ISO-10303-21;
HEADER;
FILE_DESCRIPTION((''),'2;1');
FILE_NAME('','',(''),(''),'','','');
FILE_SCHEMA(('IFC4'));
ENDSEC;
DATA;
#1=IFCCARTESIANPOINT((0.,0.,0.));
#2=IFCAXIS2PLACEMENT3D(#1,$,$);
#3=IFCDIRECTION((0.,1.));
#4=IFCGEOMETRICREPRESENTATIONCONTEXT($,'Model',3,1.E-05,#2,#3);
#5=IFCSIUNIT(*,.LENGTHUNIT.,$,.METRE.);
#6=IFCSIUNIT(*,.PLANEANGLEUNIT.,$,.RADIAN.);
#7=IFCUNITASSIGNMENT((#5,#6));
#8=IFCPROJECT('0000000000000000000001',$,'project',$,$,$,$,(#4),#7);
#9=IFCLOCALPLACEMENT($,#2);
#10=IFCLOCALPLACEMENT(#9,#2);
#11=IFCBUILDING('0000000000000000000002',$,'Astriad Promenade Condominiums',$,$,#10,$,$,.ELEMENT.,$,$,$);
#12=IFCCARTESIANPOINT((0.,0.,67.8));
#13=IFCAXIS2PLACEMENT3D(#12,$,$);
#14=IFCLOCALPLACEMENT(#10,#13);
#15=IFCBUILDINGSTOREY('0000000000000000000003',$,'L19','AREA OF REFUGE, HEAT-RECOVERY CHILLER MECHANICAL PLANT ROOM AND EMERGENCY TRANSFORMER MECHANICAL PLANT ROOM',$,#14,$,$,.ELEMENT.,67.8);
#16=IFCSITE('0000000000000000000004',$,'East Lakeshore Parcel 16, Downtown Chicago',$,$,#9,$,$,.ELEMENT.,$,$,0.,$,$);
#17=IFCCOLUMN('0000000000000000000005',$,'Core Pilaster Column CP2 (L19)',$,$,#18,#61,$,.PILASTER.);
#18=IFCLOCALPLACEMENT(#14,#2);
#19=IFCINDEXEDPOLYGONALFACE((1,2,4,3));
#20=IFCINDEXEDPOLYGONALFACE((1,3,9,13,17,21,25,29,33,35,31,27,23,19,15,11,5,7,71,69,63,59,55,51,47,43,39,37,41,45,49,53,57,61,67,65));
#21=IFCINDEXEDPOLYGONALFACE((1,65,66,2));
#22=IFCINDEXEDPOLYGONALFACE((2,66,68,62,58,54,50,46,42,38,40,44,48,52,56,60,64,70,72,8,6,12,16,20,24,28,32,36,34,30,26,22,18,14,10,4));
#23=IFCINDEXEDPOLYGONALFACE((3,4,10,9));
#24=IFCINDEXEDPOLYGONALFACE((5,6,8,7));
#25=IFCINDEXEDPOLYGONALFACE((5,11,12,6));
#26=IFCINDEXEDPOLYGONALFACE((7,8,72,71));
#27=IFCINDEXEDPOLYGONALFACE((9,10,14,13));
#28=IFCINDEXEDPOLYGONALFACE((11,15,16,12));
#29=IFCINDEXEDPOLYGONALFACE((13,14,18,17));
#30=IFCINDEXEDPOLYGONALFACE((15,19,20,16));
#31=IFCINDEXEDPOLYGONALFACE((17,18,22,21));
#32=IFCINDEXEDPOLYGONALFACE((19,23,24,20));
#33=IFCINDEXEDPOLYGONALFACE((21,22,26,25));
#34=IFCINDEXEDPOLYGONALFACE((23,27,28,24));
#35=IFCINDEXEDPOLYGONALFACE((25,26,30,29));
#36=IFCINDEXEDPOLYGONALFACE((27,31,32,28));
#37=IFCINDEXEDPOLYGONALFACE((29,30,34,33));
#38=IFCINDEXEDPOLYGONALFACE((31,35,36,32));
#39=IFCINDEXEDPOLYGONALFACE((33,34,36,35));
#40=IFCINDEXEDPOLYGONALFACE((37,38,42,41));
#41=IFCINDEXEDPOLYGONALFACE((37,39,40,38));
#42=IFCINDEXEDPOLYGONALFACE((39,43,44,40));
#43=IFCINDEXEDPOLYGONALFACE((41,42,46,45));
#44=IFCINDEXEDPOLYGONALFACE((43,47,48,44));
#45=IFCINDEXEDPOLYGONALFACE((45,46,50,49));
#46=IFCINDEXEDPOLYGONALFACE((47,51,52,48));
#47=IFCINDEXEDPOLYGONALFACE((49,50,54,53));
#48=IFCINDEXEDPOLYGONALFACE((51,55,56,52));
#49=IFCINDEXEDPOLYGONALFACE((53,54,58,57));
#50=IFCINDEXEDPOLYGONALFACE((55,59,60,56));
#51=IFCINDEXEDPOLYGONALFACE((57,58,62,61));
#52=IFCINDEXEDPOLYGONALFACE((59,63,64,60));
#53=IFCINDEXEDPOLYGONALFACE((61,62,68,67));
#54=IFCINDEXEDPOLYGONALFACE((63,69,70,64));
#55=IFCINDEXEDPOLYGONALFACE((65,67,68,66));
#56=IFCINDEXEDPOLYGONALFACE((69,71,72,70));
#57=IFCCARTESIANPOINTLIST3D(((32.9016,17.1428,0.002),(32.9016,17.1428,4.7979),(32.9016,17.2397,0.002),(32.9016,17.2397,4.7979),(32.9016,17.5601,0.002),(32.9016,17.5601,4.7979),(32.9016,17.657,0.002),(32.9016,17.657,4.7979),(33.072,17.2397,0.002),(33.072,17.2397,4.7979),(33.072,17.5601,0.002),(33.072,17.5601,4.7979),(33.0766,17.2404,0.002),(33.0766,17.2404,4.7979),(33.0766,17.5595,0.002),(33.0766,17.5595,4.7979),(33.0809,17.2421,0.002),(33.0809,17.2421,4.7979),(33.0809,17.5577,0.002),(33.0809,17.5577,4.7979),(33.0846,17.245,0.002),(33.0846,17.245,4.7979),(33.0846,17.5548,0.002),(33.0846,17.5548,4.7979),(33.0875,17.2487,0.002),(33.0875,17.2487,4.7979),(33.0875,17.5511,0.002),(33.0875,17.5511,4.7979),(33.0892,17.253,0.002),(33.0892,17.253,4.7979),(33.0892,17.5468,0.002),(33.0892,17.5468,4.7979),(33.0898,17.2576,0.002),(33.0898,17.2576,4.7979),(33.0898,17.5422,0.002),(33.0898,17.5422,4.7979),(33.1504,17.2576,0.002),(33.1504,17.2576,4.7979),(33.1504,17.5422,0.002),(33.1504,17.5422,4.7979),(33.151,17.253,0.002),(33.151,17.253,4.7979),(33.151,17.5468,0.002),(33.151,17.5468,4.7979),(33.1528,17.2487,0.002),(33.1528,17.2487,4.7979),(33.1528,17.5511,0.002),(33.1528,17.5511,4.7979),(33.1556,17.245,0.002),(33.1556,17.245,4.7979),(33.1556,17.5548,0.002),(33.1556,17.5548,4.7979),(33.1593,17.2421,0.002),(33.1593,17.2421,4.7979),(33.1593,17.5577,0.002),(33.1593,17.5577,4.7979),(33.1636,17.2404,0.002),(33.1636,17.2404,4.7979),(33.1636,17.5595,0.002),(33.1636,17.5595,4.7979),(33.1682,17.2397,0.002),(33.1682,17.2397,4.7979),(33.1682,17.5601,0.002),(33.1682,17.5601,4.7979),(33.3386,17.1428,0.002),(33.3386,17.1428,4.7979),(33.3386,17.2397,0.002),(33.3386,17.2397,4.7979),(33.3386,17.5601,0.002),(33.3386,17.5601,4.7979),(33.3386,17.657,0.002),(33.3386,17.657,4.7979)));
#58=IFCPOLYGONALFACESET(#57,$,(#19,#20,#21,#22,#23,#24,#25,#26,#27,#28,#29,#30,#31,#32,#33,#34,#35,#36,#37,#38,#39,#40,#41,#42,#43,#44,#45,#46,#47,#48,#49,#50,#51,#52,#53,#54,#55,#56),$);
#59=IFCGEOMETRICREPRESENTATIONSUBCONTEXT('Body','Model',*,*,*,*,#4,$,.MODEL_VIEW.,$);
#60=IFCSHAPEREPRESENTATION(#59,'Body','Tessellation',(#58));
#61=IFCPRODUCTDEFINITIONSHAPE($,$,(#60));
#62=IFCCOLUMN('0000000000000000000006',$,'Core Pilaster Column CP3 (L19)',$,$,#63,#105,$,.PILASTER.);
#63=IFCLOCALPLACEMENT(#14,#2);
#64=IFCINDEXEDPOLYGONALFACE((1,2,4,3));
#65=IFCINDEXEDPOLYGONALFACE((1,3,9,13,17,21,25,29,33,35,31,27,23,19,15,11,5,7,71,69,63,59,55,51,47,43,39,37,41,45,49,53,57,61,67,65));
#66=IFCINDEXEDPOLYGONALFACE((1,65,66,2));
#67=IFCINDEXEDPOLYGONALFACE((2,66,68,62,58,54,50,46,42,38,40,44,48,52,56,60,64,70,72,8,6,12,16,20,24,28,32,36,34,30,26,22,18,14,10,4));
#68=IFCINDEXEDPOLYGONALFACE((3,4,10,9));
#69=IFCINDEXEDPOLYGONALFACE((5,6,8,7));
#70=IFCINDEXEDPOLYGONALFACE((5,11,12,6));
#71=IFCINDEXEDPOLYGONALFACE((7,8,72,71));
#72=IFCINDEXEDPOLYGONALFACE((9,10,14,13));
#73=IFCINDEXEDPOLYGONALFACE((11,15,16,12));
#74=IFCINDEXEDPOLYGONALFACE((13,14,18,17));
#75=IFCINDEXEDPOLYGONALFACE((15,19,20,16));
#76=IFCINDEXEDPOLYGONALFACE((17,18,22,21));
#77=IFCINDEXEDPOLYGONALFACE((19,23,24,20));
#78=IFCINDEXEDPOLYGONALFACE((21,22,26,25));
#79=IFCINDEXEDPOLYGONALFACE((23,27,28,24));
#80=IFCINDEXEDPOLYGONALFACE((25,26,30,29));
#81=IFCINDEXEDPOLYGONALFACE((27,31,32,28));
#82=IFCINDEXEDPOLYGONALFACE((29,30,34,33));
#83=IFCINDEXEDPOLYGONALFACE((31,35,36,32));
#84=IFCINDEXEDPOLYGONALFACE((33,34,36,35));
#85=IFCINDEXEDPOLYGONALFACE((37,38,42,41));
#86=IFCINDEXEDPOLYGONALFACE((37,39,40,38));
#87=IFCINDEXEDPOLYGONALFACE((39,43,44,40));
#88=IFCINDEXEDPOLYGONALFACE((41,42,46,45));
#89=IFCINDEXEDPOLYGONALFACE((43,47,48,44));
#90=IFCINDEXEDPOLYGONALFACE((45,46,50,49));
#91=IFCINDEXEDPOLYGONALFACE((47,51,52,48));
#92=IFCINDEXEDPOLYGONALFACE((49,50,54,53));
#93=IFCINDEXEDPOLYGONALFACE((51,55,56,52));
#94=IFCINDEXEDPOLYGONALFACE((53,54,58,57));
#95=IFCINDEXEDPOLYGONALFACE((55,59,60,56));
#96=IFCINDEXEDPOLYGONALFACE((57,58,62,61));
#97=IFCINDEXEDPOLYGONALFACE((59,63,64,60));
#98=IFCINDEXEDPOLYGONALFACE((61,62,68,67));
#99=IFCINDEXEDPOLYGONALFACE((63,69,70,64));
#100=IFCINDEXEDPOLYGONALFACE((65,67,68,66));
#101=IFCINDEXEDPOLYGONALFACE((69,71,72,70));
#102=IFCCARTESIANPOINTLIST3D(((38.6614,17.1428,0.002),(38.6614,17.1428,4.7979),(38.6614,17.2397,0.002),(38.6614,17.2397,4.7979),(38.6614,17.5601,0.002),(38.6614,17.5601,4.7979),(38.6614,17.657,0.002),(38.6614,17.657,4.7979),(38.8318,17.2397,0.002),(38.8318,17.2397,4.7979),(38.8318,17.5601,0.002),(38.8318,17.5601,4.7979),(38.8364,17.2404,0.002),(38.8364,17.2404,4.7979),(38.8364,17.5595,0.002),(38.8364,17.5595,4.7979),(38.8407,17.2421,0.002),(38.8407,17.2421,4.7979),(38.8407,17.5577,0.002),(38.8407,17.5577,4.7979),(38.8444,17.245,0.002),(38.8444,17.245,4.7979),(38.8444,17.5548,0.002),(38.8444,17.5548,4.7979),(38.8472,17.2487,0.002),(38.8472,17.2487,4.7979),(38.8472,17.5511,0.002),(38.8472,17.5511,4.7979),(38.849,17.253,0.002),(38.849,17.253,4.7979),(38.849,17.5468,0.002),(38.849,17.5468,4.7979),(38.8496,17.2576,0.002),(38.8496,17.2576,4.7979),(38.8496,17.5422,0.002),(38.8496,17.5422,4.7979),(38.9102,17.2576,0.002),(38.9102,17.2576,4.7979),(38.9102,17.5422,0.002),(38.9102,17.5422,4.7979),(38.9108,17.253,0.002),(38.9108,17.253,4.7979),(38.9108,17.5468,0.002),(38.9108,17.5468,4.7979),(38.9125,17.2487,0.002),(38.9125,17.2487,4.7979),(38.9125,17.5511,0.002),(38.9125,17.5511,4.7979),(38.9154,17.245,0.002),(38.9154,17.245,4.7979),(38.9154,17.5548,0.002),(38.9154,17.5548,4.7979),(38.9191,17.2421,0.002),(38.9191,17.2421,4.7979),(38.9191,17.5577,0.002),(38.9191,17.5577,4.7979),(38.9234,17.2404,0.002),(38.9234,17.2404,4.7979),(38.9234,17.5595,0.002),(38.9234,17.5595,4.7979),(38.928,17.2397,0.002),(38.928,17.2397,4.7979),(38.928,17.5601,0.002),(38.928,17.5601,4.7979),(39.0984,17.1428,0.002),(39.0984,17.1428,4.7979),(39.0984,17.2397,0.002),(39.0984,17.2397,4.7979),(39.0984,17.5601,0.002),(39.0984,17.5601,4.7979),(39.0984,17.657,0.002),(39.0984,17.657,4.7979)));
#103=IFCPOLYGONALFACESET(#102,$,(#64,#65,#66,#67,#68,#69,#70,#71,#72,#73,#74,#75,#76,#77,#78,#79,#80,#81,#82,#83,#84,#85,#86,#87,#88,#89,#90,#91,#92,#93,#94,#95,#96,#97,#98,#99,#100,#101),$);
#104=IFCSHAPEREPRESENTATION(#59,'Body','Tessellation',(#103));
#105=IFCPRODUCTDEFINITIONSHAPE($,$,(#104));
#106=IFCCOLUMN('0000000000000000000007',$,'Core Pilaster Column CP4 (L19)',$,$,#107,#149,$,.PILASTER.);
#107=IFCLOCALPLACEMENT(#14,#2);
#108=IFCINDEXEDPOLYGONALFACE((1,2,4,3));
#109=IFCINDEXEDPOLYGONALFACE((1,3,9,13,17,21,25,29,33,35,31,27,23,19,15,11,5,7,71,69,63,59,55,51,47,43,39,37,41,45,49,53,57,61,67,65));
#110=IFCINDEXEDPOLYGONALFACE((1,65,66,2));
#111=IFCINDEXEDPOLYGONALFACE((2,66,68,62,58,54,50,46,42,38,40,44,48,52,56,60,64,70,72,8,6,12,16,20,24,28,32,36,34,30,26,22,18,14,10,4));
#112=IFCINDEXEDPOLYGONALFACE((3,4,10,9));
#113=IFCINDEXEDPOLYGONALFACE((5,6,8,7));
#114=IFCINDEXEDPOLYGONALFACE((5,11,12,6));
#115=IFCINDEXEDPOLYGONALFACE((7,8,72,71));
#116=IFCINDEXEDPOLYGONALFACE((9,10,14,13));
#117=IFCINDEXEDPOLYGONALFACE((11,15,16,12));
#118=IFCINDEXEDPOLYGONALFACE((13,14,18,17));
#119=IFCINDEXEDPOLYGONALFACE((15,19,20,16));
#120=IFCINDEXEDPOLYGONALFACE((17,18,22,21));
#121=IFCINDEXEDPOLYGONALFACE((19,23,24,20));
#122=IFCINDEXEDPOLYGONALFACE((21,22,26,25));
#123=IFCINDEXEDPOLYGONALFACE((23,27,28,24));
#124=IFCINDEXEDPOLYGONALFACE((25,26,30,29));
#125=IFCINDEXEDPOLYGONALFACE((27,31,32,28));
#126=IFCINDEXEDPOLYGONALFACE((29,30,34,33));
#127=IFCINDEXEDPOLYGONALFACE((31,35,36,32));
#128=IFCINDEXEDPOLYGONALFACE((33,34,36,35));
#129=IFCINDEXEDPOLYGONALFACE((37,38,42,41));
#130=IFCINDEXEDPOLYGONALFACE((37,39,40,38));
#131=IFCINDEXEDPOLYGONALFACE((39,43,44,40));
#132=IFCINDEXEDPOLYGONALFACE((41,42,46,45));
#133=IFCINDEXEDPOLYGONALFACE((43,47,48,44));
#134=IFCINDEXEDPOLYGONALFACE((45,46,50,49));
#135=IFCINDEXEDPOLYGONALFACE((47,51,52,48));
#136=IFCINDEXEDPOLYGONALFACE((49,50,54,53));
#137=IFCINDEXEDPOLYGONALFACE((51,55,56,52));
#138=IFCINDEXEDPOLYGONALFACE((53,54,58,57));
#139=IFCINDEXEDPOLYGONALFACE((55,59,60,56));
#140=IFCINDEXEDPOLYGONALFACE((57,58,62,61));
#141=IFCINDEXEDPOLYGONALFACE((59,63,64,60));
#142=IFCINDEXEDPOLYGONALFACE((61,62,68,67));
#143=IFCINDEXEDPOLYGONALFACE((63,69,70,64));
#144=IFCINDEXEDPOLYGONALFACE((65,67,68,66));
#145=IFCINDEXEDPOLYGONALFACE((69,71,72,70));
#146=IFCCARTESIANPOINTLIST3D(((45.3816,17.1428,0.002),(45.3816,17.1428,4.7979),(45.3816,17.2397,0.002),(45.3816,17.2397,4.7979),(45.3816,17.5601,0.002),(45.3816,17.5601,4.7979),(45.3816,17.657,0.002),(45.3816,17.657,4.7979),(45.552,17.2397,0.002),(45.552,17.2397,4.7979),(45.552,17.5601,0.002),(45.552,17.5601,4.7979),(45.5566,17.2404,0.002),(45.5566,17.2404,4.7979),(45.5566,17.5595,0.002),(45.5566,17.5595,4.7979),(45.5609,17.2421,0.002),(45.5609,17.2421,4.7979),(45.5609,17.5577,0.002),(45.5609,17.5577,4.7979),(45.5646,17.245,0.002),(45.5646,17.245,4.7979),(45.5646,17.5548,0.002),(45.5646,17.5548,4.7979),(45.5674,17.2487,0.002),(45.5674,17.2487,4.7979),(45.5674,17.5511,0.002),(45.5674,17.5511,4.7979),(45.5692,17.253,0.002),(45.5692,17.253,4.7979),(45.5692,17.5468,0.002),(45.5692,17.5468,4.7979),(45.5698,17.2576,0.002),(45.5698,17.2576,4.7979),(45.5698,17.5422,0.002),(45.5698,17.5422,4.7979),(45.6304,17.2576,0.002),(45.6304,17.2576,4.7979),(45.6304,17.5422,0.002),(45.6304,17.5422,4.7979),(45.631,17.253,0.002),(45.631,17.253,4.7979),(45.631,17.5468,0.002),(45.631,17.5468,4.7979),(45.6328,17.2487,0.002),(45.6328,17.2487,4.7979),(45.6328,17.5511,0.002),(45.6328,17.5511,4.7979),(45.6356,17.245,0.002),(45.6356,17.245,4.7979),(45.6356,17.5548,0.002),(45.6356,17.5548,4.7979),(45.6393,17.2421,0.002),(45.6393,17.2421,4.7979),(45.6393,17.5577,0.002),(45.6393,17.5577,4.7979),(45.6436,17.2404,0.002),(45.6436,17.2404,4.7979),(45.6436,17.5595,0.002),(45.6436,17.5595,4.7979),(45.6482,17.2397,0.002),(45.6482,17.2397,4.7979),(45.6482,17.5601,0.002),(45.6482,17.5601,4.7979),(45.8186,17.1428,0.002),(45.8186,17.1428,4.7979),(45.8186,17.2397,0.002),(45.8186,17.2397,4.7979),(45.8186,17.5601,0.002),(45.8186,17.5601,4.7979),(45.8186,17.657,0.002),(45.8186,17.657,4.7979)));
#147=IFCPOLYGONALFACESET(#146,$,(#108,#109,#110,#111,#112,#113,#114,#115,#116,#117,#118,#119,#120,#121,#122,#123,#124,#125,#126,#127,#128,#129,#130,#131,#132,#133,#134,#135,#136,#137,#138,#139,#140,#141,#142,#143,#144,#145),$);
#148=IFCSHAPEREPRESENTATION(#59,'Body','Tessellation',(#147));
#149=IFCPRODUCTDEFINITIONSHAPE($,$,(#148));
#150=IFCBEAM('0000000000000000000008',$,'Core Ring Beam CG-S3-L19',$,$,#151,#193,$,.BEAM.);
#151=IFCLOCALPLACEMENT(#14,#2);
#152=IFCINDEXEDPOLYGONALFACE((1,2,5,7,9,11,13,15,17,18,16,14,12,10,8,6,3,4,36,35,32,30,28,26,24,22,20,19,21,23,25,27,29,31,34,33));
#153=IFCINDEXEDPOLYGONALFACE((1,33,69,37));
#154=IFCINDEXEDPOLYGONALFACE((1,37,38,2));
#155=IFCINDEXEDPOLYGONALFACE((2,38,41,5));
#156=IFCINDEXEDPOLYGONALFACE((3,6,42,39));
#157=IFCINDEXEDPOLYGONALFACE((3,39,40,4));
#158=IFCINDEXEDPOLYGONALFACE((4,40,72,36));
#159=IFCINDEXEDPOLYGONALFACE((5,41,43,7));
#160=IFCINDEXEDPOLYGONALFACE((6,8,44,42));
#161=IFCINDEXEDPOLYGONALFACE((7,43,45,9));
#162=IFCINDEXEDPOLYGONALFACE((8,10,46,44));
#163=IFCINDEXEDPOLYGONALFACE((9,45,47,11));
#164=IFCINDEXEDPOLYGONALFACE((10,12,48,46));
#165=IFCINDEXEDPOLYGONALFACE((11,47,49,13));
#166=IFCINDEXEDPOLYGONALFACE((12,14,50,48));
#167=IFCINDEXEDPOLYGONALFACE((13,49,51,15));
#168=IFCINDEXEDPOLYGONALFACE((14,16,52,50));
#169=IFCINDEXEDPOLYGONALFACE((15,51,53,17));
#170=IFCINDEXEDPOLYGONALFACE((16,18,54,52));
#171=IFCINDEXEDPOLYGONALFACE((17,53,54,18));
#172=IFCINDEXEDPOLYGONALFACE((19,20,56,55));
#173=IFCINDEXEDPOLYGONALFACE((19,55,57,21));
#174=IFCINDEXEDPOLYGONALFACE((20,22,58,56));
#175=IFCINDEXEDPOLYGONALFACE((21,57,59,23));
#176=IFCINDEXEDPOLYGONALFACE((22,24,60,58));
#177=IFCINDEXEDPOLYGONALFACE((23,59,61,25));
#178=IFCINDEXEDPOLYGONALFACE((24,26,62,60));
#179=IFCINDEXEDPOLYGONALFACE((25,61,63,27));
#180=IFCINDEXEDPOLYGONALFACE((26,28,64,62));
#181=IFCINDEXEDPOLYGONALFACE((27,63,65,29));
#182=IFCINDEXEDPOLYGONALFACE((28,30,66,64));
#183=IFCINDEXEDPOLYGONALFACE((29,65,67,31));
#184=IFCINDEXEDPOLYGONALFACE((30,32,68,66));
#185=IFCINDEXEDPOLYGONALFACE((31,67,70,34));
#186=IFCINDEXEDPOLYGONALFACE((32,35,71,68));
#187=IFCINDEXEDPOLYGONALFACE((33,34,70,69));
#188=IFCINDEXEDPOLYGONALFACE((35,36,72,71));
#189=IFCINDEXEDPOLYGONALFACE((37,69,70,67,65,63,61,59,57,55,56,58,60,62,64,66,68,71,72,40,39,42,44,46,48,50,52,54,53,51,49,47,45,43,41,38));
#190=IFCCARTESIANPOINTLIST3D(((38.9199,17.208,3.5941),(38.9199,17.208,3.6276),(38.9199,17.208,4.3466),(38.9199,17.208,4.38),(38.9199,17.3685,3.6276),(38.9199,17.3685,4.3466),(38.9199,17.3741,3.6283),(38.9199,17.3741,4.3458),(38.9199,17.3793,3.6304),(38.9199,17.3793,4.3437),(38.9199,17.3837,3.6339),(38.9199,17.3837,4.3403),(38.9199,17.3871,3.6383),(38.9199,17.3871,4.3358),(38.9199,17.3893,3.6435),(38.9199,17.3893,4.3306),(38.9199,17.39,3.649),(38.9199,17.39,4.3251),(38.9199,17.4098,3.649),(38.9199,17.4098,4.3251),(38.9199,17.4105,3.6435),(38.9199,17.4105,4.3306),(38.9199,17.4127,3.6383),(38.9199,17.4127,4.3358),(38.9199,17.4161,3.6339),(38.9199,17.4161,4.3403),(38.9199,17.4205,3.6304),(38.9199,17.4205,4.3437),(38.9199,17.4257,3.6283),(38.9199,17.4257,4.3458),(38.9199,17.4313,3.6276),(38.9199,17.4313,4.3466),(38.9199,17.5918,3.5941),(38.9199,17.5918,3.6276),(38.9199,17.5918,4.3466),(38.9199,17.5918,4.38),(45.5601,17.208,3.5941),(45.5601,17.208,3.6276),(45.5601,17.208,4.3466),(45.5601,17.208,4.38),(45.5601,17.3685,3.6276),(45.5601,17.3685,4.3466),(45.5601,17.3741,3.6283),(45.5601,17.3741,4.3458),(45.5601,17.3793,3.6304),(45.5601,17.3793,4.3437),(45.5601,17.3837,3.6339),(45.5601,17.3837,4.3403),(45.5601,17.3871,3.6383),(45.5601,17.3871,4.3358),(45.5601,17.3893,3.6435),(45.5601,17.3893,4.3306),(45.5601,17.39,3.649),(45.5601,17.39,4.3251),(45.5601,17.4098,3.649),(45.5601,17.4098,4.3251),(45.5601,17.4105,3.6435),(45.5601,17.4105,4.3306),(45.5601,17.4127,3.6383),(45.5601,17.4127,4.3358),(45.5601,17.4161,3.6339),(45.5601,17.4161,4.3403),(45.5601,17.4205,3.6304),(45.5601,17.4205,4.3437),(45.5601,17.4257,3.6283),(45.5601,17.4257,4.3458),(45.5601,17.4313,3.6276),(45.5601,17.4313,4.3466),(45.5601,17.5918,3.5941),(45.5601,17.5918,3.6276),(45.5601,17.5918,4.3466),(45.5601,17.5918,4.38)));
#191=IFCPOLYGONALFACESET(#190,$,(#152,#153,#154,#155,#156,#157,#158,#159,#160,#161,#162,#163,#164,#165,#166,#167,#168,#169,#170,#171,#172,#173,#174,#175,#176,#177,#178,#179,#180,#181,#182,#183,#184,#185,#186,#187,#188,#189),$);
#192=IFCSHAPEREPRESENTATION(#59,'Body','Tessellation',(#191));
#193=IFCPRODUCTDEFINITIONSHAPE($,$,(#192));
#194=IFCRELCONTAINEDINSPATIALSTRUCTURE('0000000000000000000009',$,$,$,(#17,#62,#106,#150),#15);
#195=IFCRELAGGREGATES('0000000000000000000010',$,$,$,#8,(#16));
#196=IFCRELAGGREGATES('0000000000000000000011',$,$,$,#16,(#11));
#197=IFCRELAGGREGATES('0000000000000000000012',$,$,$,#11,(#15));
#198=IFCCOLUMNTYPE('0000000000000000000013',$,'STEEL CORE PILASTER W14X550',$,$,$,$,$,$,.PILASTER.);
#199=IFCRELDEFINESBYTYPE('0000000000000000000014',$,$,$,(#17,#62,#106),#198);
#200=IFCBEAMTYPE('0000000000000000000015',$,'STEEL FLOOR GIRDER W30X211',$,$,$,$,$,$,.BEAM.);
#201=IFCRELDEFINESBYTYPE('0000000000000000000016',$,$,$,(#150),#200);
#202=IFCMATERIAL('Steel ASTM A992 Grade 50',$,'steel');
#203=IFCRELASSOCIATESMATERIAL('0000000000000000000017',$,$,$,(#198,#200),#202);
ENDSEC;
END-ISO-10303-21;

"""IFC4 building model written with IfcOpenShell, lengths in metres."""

from ifc_helpers import new_model, si_unit, direction, frame, origin, origin_2d, place, context, subcontext, project, spatial, i_section, extrude, source, transform, mapped, material, material_profile, profile_set, type_object, type_shapes, element, save


model = new_model("IFC4")

# Units and contexts
model_context = context("Model", 3, precision=1e-05, world=origin(), true_north=direction((0.0, 1.0)))
body_context = subcontext(model_context, "Body", "Model", "MODEL_VIEW")
ifc_project = project(units=[si_unit("LENGTHUNIT", "METRE"), si_unit("PLANEANGLEUNIT", "RADIAN")], contexts=[model_context])

# Site, building, storey
site_placement = place(None, origin())
site = spatial("IfcSite", under=ifc_project, at=site_placement, Name="East Lakeshore Parcel 16, Downtown Chicago", CompositionType="ELEMENT", RefElevation=0.0)
building_placement = place(site_placement, origin())
building = spatial("IfcBuilding", under=site, at=building_placement, Name="Astriad Promenade Condominiums", CompositionType="ELEMENT")
storey_placement = place(building_placement, frame((0.0, 0.0, 67.8)))
storey = spatial("IfcBuildingStorey", under=building, at=storey_placement, Name="L19", Description="AREA OF REFUGE, HEAT-RECOVERY CHILLER MECHANICAL PLANT ROOM AND EMERGENCY TRANSFORMER MECHANICAL PLANT ROOM", CompositionType="ELEMENT", Elevation=67.8)

# Columns
ifc_material_1 = material(Name="Steel ASTM A992 Grade 50", Category="steel")
ifc_material_profile_1 = material_profile(ifc_material_1, i_section(OverallWidth=0.437, OverallDepth=0.5142, WebThickness=0.0605, FlangeThickness=0.0969, FilletRadius=0.0178, at=origin_2d()), Name="W14X550")
ifc_profile_set_1 = profile_set([ifc_material_profile_1], Name="Steel ASTM A992 Grade 50")
column_type = type_object("IfcColumnType", Name="STEEL CORE PILASTER W14X550", PredefinedType="PILASTER", material=ifc_profile_set_1)
shared_shape_1 = source(origin(), body_context, "Body", "SweptSolid", [
    extrude(i_section(OverallWidth=0.437, OverallDepth=0.5142, WebThickness=0.0605, FlangeThickness=0.0969, FilletRadius=0.0178, at=origin_2d()), origin(), (0.0, 0.0, 1.0), 4.7959),
])
type_shapes(column_type, [shared_shape_1])
for number, where, z_axis, x_axis, name in (
    (1, (33.1201, 17.3999, 0.002), (0.0, 0.0, 1.0), (1.0, 0.0, 0.0), "Core Pilaster Column CP2 (L19)"),
    (2, (38.8799, 17.3999, 0.002), (0.0, 0.0, 1.0), (1.0, 0.0, 0.0), "Core Pilaster Column CP3 (L19)"),
    (3, (45.6001, 17.3999, 0.002), (0.0, 0.0, 1.0), (1.0, 0.0, 0.0), "Core Pilaster Column CP4 (L19)"),
):
    element("IfcColumn", number, at=place(storey_placement, frame(where, z_axis=z_axis, x_axis=x_axis)), inside=storey, type_object=column_type, Name=name, PredefinedType="PILASTER", context=body_context, shape_type="MappedRepresentation", body=[
        mapped(shared_shape_1, transform((0.0, 0.0, 0.0), scale=1.0)),
    ])

# Beam
ifc_material_profile_2 = material_profile(ifc_material_1, i_section(OverallWidth=0.3838, OverallDepth=0.7859, WebThickness=0.0198, FlangeThickness=0.0334, FilletRadius=0.0215, at=origin_2d()), Name="W30X211")
ifc_profile_set_2 = profile_set([ifc_material_profile_2], Name="Steel ASTM A992 Grade 50")
beam_type_1 = type_object("IfcBeamType", Name="STEEL FLOOR GIRDER W30X211", PredefinedType="BEAM", material=ifc_profile_set_2)
shared_shape_2 = source(origin(), body_context, "Body", "SweptSolid", [
    extrude(i_section(OverallWidth=0.3838, OverallDepth=0.7859, WebThickness=0.0198, FlangeThickness=0.0334, FilletRadius=0.0215, at=origin_2d()), origin(), (0.0, 0.0, 1.0), 6.6401),
])
type_shapes(beam_type_1, [shared_shape_2])
beam_1_placement = place(storey_placement, frame((38.9199, 17.3999, 3.9871), z_axis=(1.0, 0.0, 0.0), x_axis=(0.0, 1.0, 0.0)))
element("IfcBeam", 4, at=beam_1_placement, inside=storey, type_object=beam_type_1, Name="Core Ring Beam CG-S3-L19", PredefinedType="BEAM", context=body_context, shape_type="MappedRepresentation", body=[
    mapped(shared_shape_2, transform((0.0, 0.0, 0.0), scale=1.0)),
])

save(model, "model.ifc")
